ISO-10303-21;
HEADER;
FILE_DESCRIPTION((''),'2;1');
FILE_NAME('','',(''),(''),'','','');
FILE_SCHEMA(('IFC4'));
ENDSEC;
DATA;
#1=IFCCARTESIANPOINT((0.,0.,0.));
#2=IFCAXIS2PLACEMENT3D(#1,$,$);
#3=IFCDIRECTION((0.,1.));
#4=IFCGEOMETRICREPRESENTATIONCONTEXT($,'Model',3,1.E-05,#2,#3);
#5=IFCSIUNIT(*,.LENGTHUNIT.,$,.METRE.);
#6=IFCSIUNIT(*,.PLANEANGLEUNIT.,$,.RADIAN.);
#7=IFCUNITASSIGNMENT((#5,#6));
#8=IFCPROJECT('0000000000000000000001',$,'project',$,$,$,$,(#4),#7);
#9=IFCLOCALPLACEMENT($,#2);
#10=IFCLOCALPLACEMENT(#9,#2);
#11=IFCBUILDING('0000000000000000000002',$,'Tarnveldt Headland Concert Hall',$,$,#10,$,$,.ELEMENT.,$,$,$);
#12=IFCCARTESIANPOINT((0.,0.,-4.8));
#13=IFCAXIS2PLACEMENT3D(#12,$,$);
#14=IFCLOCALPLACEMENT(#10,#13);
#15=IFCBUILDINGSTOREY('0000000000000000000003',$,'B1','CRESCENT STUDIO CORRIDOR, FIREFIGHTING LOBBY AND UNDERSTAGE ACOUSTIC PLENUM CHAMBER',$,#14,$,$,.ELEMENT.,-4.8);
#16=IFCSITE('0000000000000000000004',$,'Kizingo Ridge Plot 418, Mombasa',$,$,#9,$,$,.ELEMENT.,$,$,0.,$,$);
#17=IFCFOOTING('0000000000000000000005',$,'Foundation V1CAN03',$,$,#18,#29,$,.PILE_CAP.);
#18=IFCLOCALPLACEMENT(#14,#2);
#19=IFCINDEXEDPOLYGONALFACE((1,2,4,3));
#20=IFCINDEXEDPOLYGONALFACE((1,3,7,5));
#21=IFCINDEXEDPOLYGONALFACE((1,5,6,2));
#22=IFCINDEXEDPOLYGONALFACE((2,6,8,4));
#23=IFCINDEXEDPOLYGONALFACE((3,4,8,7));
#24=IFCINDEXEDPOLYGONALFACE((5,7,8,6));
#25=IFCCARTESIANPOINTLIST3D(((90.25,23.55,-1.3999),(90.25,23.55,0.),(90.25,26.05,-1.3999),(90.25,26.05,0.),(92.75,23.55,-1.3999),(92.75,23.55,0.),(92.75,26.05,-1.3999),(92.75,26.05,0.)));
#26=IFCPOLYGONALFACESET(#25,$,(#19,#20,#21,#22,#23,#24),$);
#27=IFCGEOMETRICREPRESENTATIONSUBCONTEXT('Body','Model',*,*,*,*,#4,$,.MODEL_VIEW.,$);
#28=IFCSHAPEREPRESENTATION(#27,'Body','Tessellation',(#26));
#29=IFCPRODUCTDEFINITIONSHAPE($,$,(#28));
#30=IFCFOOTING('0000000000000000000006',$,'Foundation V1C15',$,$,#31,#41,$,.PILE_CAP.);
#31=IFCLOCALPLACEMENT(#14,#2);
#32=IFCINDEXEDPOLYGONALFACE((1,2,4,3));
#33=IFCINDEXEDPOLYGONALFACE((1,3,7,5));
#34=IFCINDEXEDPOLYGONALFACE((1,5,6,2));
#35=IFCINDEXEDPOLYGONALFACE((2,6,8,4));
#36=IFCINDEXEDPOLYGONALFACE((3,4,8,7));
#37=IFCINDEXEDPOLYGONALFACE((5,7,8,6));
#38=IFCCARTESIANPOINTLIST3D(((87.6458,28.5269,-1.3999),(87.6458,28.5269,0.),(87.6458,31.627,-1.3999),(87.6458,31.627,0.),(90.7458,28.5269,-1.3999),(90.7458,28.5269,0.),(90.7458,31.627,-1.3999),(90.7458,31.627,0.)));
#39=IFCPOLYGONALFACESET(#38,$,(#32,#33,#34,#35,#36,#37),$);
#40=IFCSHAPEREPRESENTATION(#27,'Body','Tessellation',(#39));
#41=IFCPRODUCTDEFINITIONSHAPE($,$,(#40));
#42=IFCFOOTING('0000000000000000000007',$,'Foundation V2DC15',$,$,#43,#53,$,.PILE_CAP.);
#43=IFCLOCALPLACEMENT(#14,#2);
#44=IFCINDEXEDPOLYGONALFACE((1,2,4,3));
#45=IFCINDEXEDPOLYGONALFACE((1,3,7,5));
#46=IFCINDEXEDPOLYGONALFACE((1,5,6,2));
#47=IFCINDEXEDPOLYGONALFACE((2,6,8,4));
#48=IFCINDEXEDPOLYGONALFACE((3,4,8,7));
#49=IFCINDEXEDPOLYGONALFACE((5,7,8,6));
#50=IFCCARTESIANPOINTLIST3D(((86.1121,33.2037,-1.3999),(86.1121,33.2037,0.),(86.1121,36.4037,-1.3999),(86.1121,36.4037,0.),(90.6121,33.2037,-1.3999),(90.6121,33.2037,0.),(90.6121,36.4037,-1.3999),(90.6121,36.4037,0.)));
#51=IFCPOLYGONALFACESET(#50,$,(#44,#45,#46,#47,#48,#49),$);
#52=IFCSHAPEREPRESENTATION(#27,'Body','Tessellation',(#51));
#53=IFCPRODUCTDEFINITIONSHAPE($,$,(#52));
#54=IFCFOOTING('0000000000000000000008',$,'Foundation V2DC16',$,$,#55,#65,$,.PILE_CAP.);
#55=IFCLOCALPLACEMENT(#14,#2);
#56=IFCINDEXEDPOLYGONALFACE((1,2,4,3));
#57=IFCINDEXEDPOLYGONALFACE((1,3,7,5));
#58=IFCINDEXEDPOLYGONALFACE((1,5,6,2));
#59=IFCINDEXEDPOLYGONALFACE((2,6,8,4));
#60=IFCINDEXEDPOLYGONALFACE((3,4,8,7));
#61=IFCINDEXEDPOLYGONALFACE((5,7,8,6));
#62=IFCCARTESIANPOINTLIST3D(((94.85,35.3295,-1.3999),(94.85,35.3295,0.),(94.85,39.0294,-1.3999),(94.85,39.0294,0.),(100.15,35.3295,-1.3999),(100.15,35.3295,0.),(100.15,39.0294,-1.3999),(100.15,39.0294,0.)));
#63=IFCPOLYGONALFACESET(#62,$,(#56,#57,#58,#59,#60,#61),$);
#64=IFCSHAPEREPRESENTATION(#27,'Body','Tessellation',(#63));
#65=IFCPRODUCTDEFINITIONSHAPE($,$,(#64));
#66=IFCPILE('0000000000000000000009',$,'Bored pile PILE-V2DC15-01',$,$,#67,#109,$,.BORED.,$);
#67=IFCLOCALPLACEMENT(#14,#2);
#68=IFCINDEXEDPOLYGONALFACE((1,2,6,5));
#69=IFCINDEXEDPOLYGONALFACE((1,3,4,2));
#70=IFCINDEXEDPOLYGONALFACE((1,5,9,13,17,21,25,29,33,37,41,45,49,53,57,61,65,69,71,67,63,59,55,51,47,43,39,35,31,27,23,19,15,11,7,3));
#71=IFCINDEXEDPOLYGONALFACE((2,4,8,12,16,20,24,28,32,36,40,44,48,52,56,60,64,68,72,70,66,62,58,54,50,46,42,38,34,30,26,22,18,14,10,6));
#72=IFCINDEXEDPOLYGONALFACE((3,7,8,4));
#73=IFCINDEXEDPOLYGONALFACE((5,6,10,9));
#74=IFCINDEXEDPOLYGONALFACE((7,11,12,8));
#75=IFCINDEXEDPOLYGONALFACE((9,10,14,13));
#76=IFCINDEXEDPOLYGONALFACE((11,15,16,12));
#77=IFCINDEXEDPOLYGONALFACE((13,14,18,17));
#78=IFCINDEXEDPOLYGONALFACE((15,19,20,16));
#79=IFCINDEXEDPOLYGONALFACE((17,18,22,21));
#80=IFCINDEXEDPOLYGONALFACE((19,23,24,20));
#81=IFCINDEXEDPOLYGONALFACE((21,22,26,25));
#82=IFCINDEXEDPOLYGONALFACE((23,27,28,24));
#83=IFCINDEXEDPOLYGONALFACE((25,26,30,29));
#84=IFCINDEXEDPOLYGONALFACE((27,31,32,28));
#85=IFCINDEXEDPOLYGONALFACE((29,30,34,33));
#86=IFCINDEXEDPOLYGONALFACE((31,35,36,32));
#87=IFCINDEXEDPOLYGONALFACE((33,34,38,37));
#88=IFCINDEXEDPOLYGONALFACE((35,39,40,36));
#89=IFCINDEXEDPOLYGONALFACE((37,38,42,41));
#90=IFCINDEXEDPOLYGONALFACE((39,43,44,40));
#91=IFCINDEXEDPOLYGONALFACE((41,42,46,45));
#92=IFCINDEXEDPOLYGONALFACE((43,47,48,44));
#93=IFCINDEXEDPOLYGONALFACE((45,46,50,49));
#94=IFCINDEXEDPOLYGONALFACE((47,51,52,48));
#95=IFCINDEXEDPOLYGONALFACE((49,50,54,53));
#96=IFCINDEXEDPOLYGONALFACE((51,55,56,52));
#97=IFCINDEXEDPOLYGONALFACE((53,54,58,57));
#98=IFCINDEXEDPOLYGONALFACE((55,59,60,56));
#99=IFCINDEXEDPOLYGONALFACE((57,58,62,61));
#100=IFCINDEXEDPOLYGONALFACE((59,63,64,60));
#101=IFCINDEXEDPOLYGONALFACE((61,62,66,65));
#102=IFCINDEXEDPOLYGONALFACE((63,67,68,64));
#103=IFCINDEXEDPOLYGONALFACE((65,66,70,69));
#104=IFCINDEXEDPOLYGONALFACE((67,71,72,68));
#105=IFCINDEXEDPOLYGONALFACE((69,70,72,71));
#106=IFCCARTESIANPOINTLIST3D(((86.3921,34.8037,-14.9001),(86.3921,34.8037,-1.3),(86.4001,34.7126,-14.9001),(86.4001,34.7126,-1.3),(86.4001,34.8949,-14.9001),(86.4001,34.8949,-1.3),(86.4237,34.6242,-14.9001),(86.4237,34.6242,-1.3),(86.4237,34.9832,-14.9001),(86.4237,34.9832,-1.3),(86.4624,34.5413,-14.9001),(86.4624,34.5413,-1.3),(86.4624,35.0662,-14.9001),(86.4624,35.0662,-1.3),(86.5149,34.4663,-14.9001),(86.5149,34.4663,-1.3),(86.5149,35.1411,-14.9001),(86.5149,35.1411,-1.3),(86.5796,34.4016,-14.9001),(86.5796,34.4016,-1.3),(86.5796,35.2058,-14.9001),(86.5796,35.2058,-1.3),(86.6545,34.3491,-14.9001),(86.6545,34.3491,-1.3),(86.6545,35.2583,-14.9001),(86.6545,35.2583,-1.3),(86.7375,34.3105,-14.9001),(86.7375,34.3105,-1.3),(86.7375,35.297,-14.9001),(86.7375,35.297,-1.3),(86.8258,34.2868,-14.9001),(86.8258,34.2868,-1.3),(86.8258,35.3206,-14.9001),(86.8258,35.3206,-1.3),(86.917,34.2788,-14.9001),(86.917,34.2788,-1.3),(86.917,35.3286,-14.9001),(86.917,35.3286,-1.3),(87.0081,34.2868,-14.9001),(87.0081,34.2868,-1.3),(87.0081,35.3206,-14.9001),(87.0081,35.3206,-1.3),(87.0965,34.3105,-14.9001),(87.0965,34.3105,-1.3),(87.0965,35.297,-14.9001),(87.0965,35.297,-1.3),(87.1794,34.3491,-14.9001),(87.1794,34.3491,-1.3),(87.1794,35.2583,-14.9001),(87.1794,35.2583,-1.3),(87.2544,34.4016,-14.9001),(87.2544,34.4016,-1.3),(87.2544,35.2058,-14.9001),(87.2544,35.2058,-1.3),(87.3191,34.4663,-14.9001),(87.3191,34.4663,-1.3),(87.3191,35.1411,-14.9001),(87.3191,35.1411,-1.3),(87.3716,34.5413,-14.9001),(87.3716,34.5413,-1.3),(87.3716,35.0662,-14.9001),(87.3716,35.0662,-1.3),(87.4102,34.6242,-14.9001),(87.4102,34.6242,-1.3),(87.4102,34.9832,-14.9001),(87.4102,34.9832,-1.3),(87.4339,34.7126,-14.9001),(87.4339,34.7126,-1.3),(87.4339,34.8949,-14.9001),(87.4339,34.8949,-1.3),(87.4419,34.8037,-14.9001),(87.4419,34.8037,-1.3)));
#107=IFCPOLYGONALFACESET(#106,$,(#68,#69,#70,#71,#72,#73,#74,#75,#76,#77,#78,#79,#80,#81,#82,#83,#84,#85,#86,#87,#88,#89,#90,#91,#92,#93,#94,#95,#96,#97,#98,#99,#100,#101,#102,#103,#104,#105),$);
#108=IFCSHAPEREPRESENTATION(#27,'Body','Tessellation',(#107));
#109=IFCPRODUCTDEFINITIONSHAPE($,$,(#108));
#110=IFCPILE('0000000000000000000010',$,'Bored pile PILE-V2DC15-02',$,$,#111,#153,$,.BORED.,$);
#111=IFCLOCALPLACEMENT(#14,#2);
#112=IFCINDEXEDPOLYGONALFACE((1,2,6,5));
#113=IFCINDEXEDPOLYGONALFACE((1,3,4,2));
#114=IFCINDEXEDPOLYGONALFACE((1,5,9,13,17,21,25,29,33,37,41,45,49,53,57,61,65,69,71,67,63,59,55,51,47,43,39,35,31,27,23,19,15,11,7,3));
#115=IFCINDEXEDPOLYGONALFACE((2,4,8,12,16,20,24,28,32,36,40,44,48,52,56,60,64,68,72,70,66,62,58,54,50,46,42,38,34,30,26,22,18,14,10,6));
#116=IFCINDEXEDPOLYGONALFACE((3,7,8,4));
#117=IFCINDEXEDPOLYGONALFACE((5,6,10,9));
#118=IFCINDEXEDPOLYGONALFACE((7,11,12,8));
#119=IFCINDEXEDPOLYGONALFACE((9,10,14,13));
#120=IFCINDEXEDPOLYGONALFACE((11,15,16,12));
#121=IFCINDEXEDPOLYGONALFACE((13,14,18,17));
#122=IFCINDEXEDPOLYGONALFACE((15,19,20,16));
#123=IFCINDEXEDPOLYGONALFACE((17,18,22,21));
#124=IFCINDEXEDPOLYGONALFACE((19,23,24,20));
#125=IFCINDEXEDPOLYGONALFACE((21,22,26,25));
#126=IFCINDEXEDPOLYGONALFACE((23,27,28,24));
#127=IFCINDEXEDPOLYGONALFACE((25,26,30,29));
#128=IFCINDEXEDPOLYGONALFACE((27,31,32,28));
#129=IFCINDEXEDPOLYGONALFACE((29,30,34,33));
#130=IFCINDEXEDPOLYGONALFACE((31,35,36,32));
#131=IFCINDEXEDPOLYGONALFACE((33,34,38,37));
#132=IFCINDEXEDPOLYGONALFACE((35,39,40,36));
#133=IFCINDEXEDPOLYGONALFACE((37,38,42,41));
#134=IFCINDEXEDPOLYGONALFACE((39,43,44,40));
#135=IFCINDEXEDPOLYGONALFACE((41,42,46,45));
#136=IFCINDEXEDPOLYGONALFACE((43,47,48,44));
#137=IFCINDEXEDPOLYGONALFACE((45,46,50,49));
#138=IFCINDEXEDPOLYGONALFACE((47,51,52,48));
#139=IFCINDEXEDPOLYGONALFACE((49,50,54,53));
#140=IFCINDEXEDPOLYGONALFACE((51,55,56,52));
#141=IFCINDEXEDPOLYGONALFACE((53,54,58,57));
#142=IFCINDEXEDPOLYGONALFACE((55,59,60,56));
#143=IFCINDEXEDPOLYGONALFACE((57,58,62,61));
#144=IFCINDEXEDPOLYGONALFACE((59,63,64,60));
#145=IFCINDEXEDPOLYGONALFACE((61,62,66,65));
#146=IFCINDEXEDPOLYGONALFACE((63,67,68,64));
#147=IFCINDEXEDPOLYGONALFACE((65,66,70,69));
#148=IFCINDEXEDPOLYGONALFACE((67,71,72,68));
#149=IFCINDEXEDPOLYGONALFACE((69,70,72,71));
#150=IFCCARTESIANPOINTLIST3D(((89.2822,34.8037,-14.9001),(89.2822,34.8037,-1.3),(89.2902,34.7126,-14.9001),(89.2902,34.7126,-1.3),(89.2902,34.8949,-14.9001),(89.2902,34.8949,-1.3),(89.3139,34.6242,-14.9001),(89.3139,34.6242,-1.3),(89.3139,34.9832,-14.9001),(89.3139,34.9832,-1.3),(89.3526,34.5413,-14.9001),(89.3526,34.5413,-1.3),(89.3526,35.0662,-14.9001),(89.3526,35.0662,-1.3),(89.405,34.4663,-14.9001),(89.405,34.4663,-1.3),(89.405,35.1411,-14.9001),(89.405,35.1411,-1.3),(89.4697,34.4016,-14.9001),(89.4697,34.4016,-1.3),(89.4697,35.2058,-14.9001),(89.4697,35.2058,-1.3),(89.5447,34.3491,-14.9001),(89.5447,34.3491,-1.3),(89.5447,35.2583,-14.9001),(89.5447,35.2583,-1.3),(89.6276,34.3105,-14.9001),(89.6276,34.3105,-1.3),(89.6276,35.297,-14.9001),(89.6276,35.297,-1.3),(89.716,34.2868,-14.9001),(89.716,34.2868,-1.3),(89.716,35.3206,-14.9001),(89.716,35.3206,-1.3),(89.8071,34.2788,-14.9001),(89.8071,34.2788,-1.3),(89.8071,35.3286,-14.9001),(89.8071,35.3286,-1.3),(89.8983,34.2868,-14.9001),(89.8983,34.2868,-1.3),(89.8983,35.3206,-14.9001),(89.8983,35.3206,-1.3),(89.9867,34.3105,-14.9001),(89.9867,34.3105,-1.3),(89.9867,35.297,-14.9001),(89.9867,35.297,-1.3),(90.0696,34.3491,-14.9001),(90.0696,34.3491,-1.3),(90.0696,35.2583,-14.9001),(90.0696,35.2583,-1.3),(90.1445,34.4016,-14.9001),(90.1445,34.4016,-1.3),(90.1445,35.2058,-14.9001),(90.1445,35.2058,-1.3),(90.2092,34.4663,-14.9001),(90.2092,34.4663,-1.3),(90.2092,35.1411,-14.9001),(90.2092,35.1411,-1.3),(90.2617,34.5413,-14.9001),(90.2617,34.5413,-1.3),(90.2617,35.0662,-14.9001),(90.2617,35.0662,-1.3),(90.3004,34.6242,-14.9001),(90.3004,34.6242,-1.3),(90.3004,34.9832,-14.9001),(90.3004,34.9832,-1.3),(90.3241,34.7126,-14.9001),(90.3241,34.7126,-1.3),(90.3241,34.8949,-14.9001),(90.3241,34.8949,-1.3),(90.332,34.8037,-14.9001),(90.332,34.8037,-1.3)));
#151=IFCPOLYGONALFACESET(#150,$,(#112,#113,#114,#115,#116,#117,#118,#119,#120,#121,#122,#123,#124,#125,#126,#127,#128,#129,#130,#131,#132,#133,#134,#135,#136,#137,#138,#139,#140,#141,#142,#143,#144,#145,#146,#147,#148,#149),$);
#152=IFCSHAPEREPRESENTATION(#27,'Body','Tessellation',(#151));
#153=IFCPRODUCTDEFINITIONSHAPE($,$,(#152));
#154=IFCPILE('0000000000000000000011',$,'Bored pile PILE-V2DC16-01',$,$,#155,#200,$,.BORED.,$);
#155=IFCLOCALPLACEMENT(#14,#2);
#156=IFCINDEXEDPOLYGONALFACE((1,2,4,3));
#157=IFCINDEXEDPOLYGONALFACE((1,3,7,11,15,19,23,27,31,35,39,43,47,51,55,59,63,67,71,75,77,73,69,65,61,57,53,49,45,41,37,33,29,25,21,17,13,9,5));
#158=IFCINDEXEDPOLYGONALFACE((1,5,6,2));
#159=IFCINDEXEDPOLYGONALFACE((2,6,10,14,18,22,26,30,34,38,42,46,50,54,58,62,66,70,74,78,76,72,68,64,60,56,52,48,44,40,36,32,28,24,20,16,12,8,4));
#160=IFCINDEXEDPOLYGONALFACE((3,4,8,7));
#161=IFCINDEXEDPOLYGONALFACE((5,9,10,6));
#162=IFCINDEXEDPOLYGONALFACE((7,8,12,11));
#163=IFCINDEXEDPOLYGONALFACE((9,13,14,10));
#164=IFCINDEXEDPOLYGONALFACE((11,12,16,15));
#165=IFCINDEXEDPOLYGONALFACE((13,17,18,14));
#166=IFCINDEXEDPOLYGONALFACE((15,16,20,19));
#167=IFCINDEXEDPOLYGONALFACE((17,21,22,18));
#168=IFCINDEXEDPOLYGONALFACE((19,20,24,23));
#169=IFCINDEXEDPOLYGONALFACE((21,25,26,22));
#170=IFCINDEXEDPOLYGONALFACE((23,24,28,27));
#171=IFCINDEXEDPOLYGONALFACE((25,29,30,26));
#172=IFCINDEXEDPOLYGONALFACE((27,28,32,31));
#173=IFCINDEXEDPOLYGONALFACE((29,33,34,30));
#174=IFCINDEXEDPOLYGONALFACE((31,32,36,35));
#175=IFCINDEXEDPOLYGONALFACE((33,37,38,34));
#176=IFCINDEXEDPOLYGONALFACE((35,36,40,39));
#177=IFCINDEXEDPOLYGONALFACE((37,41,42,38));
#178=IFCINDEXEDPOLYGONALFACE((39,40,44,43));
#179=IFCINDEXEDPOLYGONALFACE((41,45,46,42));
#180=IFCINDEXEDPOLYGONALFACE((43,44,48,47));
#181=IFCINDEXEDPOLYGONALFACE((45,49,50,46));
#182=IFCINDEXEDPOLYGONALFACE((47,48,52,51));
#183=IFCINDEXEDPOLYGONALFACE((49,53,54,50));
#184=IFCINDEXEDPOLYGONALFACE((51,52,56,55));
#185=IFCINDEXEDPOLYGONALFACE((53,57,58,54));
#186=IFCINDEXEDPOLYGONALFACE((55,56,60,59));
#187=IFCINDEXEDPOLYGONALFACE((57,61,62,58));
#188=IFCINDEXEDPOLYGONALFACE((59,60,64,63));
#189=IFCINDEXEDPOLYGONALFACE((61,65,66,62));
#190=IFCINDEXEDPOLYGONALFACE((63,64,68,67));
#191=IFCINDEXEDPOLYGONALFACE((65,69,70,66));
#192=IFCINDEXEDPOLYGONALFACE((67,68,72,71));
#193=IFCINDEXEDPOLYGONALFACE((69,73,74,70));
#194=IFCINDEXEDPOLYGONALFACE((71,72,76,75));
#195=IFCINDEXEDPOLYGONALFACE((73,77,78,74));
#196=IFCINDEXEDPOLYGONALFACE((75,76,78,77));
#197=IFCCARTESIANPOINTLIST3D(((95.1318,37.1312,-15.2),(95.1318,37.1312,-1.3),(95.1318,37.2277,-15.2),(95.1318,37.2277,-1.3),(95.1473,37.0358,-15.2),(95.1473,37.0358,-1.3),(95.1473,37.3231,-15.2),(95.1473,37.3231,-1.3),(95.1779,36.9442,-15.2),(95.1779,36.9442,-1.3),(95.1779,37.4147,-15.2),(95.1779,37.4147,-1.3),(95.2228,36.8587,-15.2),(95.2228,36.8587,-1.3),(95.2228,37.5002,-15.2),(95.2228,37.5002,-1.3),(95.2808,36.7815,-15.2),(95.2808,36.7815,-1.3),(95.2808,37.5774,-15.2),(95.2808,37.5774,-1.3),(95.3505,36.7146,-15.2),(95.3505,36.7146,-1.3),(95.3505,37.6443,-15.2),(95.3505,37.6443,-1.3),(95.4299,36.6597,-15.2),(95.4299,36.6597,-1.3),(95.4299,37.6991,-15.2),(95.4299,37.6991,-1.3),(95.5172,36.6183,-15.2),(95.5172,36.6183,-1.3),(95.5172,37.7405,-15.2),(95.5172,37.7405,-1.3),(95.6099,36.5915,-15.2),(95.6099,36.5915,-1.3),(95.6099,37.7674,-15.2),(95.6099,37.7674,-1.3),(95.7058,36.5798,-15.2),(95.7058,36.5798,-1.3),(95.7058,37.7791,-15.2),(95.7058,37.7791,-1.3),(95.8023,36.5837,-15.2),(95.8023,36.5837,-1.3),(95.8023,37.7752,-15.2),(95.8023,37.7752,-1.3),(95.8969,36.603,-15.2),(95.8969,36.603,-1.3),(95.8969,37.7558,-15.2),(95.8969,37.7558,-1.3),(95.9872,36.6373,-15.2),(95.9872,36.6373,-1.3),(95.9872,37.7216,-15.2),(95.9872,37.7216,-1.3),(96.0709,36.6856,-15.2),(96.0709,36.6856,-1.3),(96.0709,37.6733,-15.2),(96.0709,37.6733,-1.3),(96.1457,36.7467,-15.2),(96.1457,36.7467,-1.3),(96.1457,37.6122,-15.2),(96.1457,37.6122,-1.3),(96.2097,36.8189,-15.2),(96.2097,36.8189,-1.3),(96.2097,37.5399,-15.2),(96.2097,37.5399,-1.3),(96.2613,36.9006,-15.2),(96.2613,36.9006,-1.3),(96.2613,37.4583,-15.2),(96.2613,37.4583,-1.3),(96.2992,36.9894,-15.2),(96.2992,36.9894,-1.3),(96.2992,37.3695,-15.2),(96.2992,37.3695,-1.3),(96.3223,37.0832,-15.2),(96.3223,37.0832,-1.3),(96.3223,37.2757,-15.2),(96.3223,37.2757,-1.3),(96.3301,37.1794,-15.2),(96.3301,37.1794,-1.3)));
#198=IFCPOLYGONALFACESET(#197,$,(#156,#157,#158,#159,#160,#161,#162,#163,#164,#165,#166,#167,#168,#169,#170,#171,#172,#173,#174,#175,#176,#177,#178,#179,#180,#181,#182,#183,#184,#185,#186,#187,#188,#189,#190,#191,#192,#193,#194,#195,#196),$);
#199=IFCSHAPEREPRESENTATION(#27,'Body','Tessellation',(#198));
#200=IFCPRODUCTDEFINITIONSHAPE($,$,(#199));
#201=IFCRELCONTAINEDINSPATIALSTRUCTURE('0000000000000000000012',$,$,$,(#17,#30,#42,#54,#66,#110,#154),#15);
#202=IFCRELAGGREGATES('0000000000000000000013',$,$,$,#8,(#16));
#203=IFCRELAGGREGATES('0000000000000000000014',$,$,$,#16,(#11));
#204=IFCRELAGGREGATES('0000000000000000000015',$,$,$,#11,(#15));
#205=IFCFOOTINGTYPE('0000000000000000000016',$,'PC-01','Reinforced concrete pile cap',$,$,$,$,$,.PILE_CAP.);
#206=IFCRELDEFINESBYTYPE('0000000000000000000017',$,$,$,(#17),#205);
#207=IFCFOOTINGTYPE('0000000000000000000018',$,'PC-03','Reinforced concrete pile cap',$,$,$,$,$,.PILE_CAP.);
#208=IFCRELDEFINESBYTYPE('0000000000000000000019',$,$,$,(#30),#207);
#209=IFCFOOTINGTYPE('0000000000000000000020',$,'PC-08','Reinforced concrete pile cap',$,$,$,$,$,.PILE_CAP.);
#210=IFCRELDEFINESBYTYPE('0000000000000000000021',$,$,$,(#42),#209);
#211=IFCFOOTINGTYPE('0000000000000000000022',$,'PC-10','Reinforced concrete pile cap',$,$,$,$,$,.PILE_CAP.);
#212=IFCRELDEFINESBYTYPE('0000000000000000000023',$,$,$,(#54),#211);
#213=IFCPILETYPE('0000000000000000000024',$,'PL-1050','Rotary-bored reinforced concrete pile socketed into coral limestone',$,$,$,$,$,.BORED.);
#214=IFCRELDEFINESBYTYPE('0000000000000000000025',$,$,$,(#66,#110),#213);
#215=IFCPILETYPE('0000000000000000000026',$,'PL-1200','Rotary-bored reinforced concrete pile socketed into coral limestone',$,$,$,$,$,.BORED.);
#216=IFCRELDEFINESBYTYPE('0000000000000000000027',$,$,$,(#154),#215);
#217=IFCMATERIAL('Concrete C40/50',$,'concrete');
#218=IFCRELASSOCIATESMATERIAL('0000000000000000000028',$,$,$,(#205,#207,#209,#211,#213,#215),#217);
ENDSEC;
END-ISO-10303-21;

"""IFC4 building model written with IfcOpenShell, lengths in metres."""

from ifc_helpers import new_model, si_unit, direction, frame, origin, origin_2d, place, context, subcontext, project, spatial, rectangle, circle, extrude, material, material_profile, profile_set, type_object, element, save


model = new_model("IFC4")

# Units and contexts
model_context = context("Model", 3, precision=1e-05, world=origin(), true_north=direction((0.0, 1.0)))
body_context = subcontext(model_context, "Body", "Model", "MODEL_VIEW")
ifc_project = project(units=[si_unit("LENGTHUNIT", "METRE"), si_unit("PLANEANGLEUNIT", "RADIAN")], contexts=[model_context])

# Site, building, storey
site_placement = place(None, origin())
site = spatial("IfcSite", under=ifc_project, at=site_placement, Name="Kizingo Ridge Plot 418, Mombasa", CompositionType="ELEMENT", RefElevation=0.0)
building_placement = place(site_placement, origin())
building = spatial("IfcBuilding", under=site, at=building_placement, Name="Tarnveldt Headland Concert Hall", CompositionType="ELEMENT")
storey_placement = place(building_placement, frame((0.0, 0.0, -4.8)))
storey = spatial("IfcBuildingStorey", under=building, at=storey_placement, Name="B1", Description="CRESCENT STUDIO CORRIDOR, FIREFIGHTING LOBBY AND UNDERSTAGE ACOUSTIC PLENUM CHAMBER", CompositionType="ELEMENT", Elevation=-4.8)

# Footings
ifc_material_1 = material(Name="Concrete C40/50", Category="concrete")
footing_type_1 = type_object("IfcFootingType", Name="PC-01", Description="Reinforced concrete pile cap", PredefinedType="PILE_CAP", material=ifc_material_1)
footing_1_placement = place(storey_placement, frame((91.5, 24.8, -1.3999), z_axis=(0.0, 0.0, 1.0), x_axis=(1.0, 0.0, 0.0)))
element("IfcFooting", 1, at=footing_1_placement, inside=storey, type_object=footing_type_1, Name="Foundation V1CAN03", PredefinedType="PILE_CAP", context=body_context, shape_type="SweptSolid", body=[
    extrude(rectangle(XDim=2.5, YDim=2.5, at=origin_2d()), origin(), (0.0, 0.0, 1.0), 1.3999),
])
footing_type_2 = type_object("IfcFootingType", Name="PC-03", Description="Reinforced concrete pile cap", PredefinedType="PILE_CAP", material=ifc_material_1)
footing_2_placement = place(storey_placement, frame((89.1958, 30.0769, -1.3999), z_axis=(0.0, 0.0, 1.0), x_axis=(1.0, 0.0, 0.0)))
element("IfcFooting", 2, at=footing_2_placement, inside=storey, type_object=footing_type_2, Name="Foundation V1C15", PredefinedType="PILE_CAP", context=body_context, shape_type="SweptSolid", body=[
    extrude(rectangle(XDim=3.1001, YDim=3.1001, at=origin_2d()), origin(), (0.0, 0.0, 1.0), 1.3999),
])
footing_type_3 = type_object("IfcFootingType", Name="PC-08", Description="Reinforced concrete pile cap", PredefinedType="PILE_CAP", material=ifc_material_1)
footing_3_placement = place(storey_placement, frame((88.3621, 34.8037, -1.3999), z_axis=(0.0, 0.0, 1.0), x_axis=(1.0, 0.0, 0.0)))
element("IfcFooting", 3, at=footing_3_placement, inside=storey, type_object=footing_type_3, Name="Foundation V2DC15", PredefinedType="PILE_CAP", context=body_context, shape_type="SweptSolid", body=[
    extrude(rectangle(XDim=4.5, YDim=3.2, at=origin_2d()), origin(), (0.0, 0.0, 1.0), 1.3999),
])
footing_type_4 = type_object("IfcFootingType", Name="PC-10", Description="Reinforced concrete pile cap", PredefinedType="PILE_CAP", material=ifc_material_1)
footing_4_placement = place(storey_placement, frame((97.5, 37.1794, -1.3999), z_axis=(0.0, 0.0, 1.0), x_axis=(1.0, 0.0, 0.0)))
element("IfcFooting", 4, at=footing_4_placement, inside=storey, type_object=footing_type_4, Name="Foundation V2DC16", PredefinedType="PILE_CAP", context=body_context, shape_type="SweptSolid", body=[
    extrude(rectangle(XDim=5.3, YDim=3.7, at=origin_2d()), origin(), (0.0, 0.0, 1.0), 1.3999),
])

# Piles
ifc_material_profile_1 = material_profile(ifc_material_1, circle(Radius=0.5249, at=origin_2d()), Name="BORED PILE D1050", Category="concrete")
ifc_profile_set_1 = profile_set([ifc_material_profile_1], Name="Concrete C40/50")
pile_type_1 = type_object("IfcPileType", Name="PL-1050", Description="Rotary-bored reinforced concrete pile socketed into coral limestone", PredefinedType="BORED", material=ifc_profile_set_1)
for number, where, z_axis, x_axis, name in (
    (5, (86.917, 34.8037, -1.3), (0.0, 0.0, -1.0), (1.0, 0.0, 0.0), "Bored pile PILE-V2DC15-01"),
    (6, (89.8071, 34.8037, -1.3), (0.0, 0.0, -1.0), (1.0, 0.0, 0.0), "Bored pile PILE-V2DC15-02"),
):
    element("IfcPile", number, at=place(storey_placement, frame(where, z_axis=z_axis, x_axis=x_axis)), inside=storey, type_object=pile_type_1, Name=name, PredefinedType="BORED", context=body_context, shape_type="SweptSolid", body=[
        extrude(circle(Radius=0.5249, at=origin_2d()), origin(), (0.0, 0.0, 1.0), 13.6001),
    ])
ifc_material_profile_2 = material_profile(ifc_material_1, circle(Radius=0.6001, at=origin_2d()), Name="BORED PILE D1200", Category="concrete")
ifc_profile_set_2 = profile_set([ifc_material_profile_2], Name="Concrete C40/50")
pile_type_2 = type_object("IfcPileType", Name="PL-1200", Description="Rotary-bored reinforced concrete pile socketed into coral limestone", PredefinedType="BORED", material=ifc_profile_set_2)
pile_1_placement = place(storey_placement, frame((95.73, 37.1794, -1.3), z_axis=(0.0, 0.0, -1.0), x_axis=(1.0, 0.0, 0.0)))
element("IfcPile", 7, at=pile_1_placement, inside=storey, type_object=pile_type_2, Name="Bored pile PILE-V2DC16-01", PredefinedType="BORED", context=body_context, shape_type="SweptSolid", body=[
    extrude(circle(Radius=0.6001, at=origin_2d()), origin(), (0.0, 0.0, 1.0), 13.8999),
])

save(model, "model.ifc")
